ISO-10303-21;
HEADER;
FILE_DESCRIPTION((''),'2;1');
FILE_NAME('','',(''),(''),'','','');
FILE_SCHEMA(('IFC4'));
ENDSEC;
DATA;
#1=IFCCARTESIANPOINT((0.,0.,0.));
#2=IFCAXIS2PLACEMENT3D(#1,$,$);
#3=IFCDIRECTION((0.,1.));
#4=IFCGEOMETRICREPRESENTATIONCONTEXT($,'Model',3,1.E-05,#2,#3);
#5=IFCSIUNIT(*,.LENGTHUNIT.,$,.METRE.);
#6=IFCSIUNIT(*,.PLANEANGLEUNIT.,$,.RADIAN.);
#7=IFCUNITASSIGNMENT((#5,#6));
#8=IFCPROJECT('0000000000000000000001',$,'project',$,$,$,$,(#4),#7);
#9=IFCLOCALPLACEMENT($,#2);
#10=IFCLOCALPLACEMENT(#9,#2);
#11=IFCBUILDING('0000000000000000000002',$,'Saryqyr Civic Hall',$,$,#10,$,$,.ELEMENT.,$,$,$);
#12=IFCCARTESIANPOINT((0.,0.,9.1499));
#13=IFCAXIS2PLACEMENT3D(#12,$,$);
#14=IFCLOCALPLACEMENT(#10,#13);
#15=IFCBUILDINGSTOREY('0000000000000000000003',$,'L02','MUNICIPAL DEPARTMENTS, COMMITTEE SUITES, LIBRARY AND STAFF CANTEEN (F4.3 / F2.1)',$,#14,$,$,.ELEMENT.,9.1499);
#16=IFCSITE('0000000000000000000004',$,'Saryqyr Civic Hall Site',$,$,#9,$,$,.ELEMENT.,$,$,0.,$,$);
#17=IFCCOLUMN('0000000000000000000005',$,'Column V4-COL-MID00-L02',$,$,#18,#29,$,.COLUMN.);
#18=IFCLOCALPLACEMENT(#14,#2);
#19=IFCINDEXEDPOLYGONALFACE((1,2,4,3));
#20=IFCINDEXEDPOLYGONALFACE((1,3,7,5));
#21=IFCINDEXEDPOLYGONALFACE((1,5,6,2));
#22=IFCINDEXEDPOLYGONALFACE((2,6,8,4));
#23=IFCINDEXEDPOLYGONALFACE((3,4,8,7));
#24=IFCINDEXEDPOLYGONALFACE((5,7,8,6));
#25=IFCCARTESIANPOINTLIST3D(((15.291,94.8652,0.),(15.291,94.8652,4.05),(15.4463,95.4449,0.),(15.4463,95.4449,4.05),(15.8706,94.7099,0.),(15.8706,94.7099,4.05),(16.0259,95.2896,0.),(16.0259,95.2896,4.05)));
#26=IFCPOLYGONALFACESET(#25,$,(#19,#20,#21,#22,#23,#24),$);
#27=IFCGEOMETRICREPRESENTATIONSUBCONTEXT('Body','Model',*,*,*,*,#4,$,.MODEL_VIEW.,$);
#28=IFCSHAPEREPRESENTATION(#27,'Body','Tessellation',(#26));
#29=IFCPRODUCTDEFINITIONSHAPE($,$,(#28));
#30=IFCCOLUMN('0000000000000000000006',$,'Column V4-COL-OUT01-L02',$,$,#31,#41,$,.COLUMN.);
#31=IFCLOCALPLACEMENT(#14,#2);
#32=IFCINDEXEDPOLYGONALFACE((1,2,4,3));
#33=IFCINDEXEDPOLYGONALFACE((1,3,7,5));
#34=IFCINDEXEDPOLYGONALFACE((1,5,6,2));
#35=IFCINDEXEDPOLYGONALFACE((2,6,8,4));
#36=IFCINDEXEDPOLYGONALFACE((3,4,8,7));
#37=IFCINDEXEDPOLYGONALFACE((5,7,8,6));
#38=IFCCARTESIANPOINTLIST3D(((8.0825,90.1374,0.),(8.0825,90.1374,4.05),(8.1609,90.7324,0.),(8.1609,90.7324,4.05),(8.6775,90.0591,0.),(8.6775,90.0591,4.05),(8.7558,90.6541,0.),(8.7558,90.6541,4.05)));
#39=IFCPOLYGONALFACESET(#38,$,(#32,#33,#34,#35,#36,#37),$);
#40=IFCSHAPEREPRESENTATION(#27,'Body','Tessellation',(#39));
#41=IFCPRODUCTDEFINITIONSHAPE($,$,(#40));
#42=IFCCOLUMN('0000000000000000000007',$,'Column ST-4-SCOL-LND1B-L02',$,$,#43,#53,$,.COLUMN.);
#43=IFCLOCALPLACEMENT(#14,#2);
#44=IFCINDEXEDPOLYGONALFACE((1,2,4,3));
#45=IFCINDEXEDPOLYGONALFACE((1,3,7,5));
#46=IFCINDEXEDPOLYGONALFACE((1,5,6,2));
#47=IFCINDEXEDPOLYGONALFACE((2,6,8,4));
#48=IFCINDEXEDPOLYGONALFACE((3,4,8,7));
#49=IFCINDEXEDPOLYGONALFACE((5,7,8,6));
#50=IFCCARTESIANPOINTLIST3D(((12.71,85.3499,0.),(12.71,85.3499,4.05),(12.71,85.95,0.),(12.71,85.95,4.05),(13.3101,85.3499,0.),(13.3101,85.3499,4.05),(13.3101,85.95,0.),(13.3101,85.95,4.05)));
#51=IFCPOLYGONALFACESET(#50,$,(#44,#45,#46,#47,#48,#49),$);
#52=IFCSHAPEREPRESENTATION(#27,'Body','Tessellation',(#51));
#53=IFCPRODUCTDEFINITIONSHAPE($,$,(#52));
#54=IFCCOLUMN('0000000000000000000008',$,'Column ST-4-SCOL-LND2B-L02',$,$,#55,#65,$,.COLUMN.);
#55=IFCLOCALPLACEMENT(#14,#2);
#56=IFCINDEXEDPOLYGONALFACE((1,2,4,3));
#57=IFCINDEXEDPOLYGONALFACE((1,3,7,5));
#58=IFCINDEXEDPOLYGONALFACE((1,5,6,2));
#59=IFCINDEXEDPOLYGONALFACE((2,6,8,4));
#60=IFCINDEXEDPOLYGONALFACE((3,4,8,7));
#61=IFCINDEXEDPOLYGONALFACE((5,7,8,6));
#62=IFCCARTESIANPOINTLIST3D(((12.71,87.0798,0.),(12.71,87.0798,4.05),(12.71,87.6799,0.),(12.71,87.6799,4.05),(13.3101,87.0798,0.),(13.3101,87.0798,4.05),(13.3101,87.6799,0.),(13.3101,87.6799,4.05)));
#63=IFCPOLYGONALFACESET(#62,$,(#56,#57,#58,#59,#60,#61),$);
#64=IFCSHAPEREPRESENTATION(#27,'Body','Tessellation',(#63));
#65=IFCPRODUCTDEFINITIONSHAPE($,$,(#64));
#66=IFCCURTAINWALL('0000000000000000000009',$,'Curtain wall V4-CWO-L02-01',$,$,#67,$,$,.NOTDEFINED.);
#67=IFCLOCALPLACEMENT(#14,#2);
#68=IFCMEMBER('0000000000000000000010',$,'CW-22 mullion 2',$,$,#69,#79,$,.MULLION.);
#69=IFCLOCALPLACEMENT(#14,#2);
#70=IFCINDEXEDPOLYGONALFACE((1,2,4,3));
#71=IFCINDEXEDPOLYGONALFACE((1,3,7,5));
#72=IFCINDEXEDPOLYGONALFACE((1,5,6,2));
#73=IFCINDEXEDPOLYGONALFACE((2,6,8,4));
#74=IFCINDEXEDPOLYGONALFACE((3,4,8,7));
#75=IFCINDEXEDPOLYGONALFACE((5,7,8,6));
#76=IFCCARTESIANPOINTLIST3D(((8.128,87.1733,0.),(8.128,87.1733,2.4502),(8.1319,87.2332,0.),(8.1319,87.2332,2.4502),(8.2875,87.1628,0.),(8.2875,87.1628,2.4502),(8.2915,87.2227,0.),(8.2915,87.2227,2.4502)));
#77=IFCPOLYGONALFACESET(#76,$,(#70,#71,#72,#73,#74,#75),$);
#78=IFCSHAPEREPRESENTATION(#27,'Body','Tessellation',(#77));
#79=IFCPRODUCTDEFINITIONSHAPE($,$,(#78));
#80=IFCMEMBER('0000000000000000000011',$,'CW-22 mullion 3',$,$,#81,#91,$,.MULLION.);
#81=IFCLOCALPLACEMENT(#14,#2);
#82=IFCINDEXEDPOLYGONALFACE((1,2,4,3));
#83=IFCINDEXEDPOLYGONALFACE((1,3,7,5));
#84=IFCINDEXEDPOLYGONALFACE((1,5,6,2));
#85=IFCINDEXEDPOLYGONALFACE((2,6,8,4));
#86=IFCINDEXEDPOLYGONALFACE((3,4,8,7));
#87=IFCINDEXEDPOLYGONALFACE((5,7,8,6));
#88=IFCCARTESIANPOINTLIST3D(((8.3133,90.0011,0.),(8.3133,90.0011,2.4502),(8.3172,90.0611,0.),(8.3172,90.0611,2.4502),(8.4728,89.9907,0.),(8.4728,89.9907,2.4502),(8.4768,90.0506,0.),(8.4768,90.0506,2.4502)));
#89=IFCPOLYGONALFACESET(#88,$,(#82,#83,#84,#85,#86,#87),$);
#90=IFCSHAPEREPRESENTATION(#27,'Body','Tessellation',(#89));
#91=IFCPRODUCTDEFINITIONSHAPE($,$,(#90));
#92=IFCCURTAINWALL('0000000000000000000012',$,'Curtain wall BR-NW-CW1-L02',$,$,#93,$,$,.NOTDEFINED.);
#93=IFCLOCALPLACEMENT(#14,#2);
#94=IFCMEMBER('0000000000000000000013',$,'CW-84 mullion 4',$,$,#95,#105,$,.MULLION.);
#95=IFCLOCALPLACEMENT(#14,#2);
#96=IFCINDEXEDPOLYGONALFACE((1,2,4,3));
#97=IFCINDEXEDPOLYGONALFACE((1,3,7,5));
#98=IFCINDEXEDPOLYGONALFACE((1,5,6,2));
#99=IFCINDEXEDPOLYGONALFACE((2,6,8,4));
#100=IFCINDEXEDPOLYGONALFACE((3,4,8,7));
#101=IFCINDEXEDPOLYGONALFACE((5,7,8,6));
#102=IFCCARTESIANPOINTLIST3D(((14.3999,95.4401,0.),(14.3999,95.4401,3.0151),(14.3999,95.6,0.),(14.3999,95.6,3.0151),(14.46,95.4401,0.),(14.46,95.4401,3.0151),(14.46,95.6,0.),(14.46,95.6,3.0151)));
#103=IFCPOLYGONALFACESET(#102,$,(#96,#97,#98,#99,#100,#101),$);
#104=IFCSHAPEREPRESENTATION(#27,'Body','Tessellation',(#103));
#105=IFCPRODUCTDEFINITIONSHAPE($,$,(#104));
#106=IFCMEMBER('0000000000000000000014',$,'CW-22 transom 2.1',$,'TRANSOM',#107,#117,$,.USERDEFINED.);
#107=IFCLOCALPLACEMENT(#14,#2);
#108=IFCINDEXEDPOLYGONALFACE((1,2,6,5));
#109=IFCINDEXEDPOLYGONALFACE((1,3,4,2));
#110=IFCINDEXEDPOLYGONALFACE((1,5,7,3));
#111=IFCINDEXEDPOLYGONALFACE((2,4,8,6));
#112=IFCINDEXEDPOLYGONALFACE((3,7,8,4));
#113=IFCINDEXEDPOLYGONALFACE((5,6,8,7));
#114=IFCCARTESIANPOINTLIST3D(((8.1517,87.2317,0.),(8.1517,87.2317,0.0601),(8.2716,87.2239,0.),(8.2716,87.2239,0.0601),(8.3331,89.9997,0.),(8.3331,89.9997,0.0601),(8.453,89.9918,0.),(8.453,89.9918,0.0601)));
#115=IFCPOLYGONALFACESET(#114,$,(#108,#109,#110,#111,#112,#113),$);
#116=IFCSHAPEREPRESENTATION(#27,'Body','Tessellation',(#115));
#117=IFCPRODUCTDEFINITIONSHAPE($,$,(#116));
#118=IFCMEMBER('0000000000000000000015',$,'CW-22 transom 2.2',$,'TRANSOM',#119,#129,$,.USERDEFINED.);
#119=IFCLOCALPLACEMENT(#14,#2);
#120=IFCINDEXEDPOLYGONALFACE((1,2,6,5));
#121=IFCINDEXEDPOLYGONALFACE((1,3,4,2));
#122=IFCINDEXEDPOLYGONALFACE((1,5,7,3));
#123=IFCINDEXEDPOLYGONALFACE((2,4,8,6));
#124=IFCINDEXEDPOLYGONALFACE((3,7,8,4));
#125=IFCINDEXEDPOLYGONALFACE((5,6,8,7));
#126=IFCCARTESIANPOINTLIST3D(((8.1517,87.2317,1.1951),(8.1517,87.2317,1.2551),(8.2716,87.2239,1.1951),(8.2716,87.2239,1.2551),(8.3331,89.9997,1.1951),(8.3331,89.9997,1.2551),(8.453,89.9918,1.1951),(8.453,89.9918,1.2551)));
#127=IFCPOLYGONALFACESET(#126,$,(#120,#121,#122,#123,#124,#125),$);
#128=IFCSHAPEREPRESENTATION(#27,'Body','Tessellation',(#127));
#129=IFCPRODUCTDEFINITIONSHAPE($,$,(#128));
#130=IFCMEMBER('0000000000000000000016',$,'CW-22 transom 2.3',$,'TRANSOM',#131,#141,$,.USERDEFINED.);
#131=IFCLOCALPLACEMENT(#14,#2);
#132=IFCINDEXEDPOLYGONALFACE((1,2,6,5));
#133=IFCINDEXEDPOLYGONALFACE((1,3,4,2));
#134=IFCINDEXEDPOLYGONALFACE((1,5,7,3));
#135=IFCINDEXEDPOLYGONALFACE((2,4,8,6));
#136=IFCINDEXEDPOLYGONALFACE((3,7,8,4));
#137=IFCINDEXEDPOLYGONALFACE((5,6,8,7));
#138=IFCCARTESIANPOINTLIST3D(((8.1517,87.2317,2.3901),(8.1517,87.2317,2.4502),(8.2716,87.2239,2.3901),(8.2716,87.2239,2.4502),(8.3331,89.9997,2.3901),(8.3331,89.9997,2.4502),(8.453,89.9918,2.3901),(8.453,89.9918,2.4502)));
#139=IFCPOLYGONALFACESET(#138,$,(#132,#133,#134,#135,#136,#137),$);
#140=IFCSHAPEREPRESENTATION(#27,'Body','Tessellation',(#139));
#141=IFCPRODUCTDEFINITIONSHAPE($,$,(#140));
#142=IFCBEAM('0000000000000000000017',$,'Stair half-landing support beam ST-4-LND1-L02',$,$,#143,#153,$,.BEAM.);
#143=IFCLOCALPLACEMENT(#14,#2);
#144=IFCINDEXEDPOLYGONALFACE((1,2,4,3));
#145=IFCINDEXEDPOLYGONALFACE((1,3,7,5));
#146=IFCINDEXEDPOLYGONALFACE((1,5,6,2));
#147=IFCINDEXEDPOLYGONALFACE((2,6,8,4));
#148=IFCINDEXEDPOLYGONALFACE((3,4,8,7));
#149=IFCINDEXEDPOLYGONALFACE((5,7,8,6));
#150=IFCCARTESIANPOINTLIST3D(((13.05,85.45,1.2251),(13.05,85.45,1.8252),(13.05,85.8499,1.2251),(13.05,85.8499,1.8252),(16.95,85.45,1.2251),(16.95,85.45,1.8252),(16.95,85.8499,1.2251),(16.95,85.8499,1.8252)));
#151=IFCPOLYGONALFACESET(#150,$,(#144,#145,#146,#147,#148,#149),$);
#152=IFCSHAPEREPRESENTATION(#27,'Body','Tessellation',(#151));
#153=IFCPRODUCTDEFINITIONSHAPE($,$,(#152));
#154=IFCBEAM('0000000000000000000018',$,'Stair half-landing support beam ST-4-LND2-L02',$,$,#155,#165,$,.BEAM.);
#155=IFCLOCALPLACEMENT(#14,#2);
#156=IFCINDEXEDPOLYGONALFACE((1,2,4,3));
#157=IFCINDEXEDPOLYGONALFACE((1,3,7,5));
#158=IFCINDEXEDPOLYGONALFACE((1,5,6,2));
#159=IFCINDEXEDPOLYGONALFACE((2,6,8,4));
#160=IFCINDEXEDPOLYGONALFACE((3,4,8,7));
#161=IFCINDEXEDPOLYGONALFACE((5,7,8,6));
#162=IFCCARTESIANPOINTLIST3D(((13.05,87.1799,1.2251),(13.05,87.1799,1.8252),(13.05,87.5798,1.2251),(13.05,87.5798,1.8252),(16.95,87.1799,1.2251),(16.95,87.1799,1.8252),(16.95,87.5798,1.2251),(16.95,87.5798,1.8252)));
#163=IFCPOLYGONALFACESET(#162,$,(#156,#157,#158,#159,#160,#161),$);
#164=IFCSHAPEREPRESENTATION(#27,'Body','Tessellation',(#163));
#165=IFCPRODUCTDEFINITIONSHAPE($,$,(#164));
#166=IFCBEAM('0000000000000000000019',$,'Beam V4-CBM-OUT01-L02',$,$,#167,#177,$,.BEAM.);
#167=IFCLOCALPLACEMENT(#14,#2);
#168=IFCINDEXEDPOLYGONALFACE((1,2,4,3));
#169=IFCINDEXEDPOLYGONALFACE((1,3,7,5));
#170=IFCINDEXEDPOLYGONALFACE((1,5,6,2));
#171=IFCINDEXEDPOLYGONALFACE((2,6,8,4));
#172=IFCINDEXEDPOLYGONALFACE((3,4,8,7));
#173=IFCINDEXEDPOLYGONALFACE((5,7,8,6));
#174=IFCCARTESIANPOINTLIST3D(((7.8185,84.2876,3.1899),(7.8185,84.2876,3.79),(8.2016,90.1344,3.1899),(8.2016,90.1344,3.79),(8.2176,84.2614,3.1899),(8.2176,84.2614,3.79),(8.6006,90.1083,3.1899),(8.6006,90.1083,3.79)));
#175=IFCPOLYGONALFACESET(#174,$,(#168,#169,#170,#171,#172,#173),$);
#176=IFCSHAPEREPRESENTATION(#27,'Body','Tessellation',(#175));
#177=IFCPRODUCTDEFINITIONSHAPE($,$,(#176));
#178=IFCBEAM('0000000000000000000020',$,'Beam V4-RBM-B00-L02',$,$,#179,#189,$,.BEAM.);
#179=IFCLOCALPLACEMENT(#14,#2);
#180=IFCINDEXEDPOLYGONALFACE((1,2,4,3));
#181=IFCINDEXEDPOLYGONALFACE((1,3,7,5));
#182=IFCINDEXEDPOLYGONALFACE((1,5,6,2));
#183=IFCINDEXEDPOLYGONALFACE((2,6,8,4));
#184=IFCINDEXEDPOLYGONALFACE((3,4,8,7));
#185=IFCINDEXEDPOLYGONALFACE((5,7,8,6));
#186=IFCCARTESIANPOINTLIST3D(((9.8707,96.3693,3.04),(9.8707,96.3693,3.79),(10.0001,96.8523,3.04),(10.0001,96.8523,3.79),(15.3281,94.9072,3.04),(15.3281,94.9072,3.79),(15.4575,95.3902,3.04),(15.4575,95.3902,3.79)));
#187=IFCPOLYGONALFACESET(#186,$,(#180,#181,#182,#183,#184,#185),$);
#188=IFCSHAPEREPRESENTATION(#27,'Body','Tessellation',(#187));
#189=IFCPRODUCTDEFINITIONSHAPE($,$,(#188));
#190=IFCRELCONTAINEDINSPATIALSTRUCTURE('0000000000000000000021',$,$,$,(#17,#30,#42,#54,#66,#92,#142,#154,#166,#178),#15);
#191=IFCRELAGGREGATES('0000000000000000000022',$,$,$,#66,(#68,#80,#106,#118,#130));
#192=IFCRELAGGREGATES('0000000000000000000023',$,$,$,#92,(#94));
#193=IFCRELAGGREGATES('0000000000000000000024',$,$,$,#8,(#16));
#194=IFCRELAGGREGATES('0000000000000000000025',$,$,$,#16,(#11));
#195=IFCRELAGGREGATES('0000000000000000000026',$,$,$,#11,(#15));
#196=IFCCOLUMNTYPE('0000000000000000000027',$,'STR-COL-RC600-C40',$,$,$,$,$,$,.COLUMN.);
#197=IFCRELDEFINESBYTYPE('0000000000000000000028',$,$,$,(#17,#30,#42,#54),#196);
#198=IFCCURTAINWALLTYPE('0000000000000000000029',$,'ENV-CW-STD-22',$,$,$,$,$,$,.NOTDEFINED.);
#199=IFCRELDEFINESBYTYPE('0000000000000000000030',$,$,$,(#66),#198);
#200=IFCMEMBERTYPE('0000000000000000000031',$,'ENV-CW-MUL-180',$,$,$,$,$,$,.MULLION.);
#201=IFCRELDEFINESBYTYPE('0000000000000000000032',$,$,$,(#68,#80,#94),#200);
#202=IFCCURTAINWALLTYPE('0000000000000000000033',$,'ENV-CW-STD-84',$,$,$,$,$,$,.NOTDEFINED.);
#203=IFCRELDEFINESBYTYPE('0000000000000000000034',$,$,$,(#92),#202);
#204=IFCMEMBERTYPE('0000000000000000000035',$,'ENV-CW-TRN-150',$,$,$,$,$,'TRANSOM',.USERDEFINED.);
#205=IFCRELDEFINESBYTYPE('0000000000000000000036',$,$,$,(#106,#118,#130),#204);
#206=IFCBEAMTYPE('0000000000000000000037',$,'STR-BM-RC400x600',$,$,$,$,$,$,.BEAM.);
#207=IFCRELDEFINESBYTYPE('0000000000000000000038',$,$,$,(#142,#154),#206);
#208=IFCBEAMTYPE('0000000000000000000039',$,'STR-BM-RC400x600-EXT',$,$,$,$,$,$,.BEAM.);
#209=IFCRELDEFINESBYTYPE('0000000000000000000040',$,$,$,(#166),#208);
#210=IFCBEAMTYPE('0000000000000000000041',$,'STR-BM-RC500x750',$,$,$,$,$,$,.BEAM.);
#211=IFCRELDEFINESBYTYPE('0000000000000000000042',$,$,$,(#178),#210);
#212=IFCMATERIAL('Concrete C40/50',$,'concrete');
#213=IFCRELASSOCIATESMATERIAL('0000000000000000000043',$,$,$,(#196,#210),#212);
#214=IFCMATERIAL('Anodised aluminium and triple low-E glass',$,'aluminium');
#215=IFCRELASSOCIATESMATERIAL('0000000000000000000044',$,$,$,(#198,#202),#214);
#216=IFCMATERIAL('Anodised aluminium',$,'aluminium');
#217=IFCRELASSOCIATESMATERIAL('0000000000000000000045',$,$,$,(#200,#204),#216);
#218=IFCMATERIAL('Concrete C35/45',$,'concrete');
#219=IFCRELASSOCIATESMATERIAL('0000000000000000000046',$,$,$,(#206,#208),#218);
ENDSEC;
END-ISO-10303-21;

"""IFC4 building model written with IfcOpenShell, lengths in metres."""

from ifc_helpers import new_model, si_unit, direction, frame, origin, origin_2d, place, context, subcontext, project, spatial, rectangle, extrude, material, material_profile, profile_set, type_object, element, aggregate, save


model = new_model("IFC4")

# Units and contexts
model_context = context("Model", 3, precision=1e-05, world=origin(), true_north=direction((0.0, 1.0)))
body_context = subcontext(model_context, "Body", "Model", "MODEL_VIEW")
ifc_project = project(units=[si_unit("LENGTHUNIT", "METRE"), si_unit("PLANEANGLEUNIT", "RADIAN")], contexts=[model_context])

# Site, building, storey
site_placement = place(None, origin())
site = spatial("IfcSite", under=ifc_project, at=site_placement, Name="Saryqyr Civic Hall Site", CompositionType="ELEMENT", RefElevation=0.0)
building_placement = place(site_placement, origin())
building = spatial("IfcBuilding", under=site, at=building_placement, Name="Saryqyr Civic Hall", CompositionType="ELEMENT")
storey_placement = place(building_placement, frame((0.0, 0.0, 9.1499)))
storey = spatial("IfcBuildingStorey", under=building, at=storey_placement, Name="L02", Description="MUNICIPAL DEPARTMENTS, COMMITTEE SUITES, LIBRARY AND STAFF CANTEEN (F4.3 / F2.1)", CompositionType="ELEMENT", Elevation=9.1499)

# Columns
ifc_material_1 = material(Name="Concrete C40/50", Category="concrete")
ifc_material_profile_1 = material_profile(ifc_material_1, rectangle(XDim=0.6001, YDim=0.6001, at=origin_2d()), Name="RC 600x600")
ifc_profile_set_1 = profile_set([ifc_material_profile_1], Name="Concrete C40/50")
column_type = type_object("IfcColumnType", Name="STR-COL-RC600-C40", PredefinedType="COLUMN", material=ifc_profile_set_1)
for number, where, z_axis, x_axis, name in (
    (1, (15.6584, 95.0774, 0.0), (0.0, 0.0, 1.0), (-0.965926, 0.258819, 0.0), "Column V4-COL-MID00-L02"),
    (2, (8.4192, 90.3958, 0.0), (0.0, 0.0, 1.0), (-0.991445, 0.130526, 0.0), "Column V4-COL-OUT01-L02"),
    (3, (13.01, 85.6499, 0.0), (0.0, 0.0, 1.0), (1.0, 0.0, 0.0), "Column ST-4-SCOL-LND1B-L02"),
    (4, (13.01, 87.3799, 0.0), (0.0, 0.0, 1.0), (1.0, 0.0, 0.0), "Column ST-4-SCOL-LND2B-L02"),
):
    element("IfcColumn", number, at=place(storey_placement, frame(where, z_axis=z_axis, x_axis=x_axis)), inside=storey, type_object=column_type, Name=name, PredefinedType="COLUMN", context=body_context, shape_type="SweptSolid", body=[
        extrude(rectangle(XDim=0.6001, YDim=0.6001, at=origin_2d()), origin(), (0.0, 0.0, 1.0), 4.05),
    ])

# Curtain wall, members
ifc_material_2 = material(Name="Anodised aluminium and triple low-E glass", Category="aluminium")
curtain_wall_type_1 = type_object("IfcCurtainWallType", Name="ENV-CW-STD-22", PredefinedType="NOTDEFINED", material=ifc_material_2)
curtain_wall_1_placement = place(storey_placement, origin())
curtain_wall_1 = element("IfcCurtainWall", 5, at=curtain_wall_1_placement, inside=storey, type_object=curtain_wall_type_1, Name="Curtain wall V4-CWO-L02-01", PredefinedType="NOTDEFINED")
ifc_material_3 = material(Name="Anodised aluminium", Category="aluminium")
ifc_material_profile_2 = material_profile(ifc_material_3, rectangle(XDim=0.0601, YDim=0.1599, at=origin_2d()), Name="ALU MULLION 60x160")
ifc_profile_set_2 = profile_set([ifc_material_profile_2], Name="Anodised aluminium")
member_type_1 = type_object("IfcMemberType", Name="ENV-CW-MUL-180", PredefinedType="MULLION", material=ifc_profile_set_2)
member_1_placement = place(storey_placement, frame((8.2097, 87.198, 0.0), z_axis=(0.0, 0.0, 1.0), x_axis=(0.065397, 0.997859, 0.0)))
member_1 = element("IfcMember", 6, at=member_1_placement, type_object=member_type_1, Name="CW-22 mullion 2", PredefinedType="MULLION", context=body_context, shape_type="SweptSolid", body=[
    extrude(rectangle(XDim=0.0601, YDim=0.1599, at=origin_2d()), origin(), (0.0, 0.0, 1.0), 2.4502),
])
member_2_placement = place(storey_placement, frame((8.395, 90.0259, 0.0), z_axis=(0.0, 0.0, 1.0), x_axis=(0.065397, 0.997859, 0.0)))
member_2 = element("IfcMember", 7, at=member_2_placement, type_object=member_type_1, Name="CW-22 mullion 3", PredefinedType="MULLION", context=body_context, shape_type="SweptSolid", body=[
    extrude(rectangle(XDim=0.0601, YDim=0.1599, at=origin_2d()), origin(), (0.0, 0.0, 1.0), 2.4502),
])

# Curtain wall, member
curtain_wall_type_2 = type_object("IfcCurtainWallType", Name="ENV-CW-STD-84", PredefinedType="NOTDEFINED", material=ifc_material_2)
curtain_wall_2_placement = place(storey_placement, origin())
curtain_wall_2 = element("IfcCurtainWall", 8, at=curtain_wall_2_placement, inside=storey, type_object=curtain_wall_type_2, Name="Curtain wall BR-NW-CW1-L02", PredefinedType="NOTDEFINED")
member_3_placement = place(storey_placement, frame((14.4299, 95.52, 0.0), z_axis=(0.0, 0.0, 1.0), x_axis=(-1.0, 0.0, 0.0)))
member_3 = element("IfcMember", 9, at=member_3_placement, type_object=member_type_1, Name="CW-84 mullion 4", PredefinedType="MULLION", context=body_context, shape_type="SweptSolid", body=[
    extrude(rectangle(XDim=0.0601, YDim=0.1599, at=origin_2d()), origin(), (0.0, 0.0, 1.0), 3.0151),
])

# Members
ifc_material_profile_3 = material_profile(ifc_material_3, rectangle(XDim=0.1201, YDim=0.0601, at=origin_2d()), Name="ALU TRANSOM 120x60")
ifc_profile_set_3 = profile_set([ifc_material_profile_3], Name="Anodised aluminium")
member_type_2 = type_object("IfcMemberType", Name="ENV-CW-TRN-150", ElementType="TRANSOM", PredefinedType="USERDEFINED", material=ifc_profile_set_3)
member_4_placement = place(storey_placement, frame((8.2117, 87.2278, 0.03), z_axis=(0.065392, 0.99786, 0.0), x_axis=(-0.99786, 0.065392, 0.0)))
member_4 = element("IfcMember", 10, at=member_4_placement, type_object=member_type_2, Name="CW-22 transom 2.1", ObjectType="TRANSOM", PredefinedType="USERDEFINED", context=body_context, shape_type="SweptSolid", body=[
    extrude(rectangle(XDim=0.1201, YDim=0.0601, at=origin_2d()), origin(), (0.0, 0.0, 1.0), 2.7739),
])
member_5_placement = place(storey_placement, frame((8.2117, 87.2278, 1.2251), z_axis=(0.065392, 0.99786, 0.0), x_axis=(-0.99786, 0.065392, 0.0)))
member_5 = element("IfcMember", 11, at=member_5_placement, type_object=member_type_2, Name="CW-22 transom 2.2", ObjectType="TRANSOM", PredefinedType="USERDEFINED", context=body_context, shape_type="SweptSolid", body=[
    extrude(rectangle(XDim=0.1201, YDim=0.0601, at=origin_2d()), origin(), (0.0, 0.0, 1.0), 2.7739),
])
member_6_placement = place(storey_placement, frame((8.2117, 87.2278, 2.4202), z_axis=(0.065392, 0.99786, 0.0), x_axis=(-0.99786, 0.065392, 0.0)))
member_6 = element("IfcMember", 12, at=member_6_placement, type_object=member_type_2, Name="CW-22 transom 2.3", ObjectType="TRANSOM", PredefinedType="USERDEFINED", context=body_context, shape_type="SweptSolid", body=[
    extrude(rectangle(XDim=0.1201, YDim=0.0601, at=origin_2d()), origin(), (0.0, 0.0, 1.0), 2.7739),
])

# Beams
ifc_material_4 = material(Name="Concrete C35/45", Category="concrete")
ifc_material_profile_4 = material_profile(ifc_material_4, rectangle(XDim=0.3999, YDim=0.6001, at=origin_2d()), Name="RC 400x600")
ifc_profile_set_4 = profile_set([ifc_material_profile_4], Name="Concrete C35/45")
beam_type_1 = type_object("IfcBeamType", Name="STR-BM-RC400x600", PredefinedType="BEAM", material=ifc_profile_set_4)
for number, where, z_axis, x_axis, name in (
    (13, (16.95, 85.6499, 1.5251), (-1.0, 0.0, 0.0), (0.0, -1.0, 0.0), "Stair half-landing support beam ST-4-LND1-L02"),
    (14, (16.95, 87.3799, 1.5251), (-1.0, 0.0, 0.0), (0.0, -1.0, 0.0), "Stair half-landing support beam ST-4-LND2-L02"),
):
    element("IfcBeam", number, at=place(storey_placement, frame(where, z_axis=z_axis, x_axis=x_axis)), inside=storey, type_object=beam_type_1, Name=name, PredefinedType="BEAM", context=body_context, shape_type="SweptSolid", body=[
        extrude(rectangle(XDim=0.3999, YDim=0.6001, at=origin_2d()), origin(), (0.0, 0.0, 1.0), 3.8999),
    ])
ifc_material_profile_5 = material_profile(ifc_material_4, rectangle(XDim=0.3999, YDim=0.6001, at=origin_2d()), Name="RC 400x600")
ifc_profile_set_5 = profile_set([ifc_material_profile_5], Name="Concrete C35/45")
beam_type_2 = type_object("IfcBeamType", Name="STR-BM-RC400x600-EXT", PredefinedType="BEAM", material=ifc_profile_set_5)
beam_1_placement = place(storey_placement, frame((8.4011, 90.1213, 3.49), z_axis=(-0.065374, -0.997861, 0.0), x_axis=(0.997861, -0.065374, 0.0)))
element("IfcBeam", 15, at=beam_1_placement, inside=storey, type_object=beam_type_2, Name="Beam V4-CBM-OUT01-L02", PredefinedType="BEAM", context=body_context, shape_type="SweptSolid", body=[
    extrude(rectangle(XDim=0.3999, YDim=0.6001, at=origin_2d()), origin(), (0.0, 0.0, 1.0), 5.8594),
])
ifc_material_profile_6 = material_profile(ifc_material_1, rectangle(XDim=0.5, YDim=0.75, at=origin_2d()), Name="RC 500x750")
ifc_profile_set_6 = profile_set([ifc_material_profile_6], Name="Concrete C40/50")
beam_type_3 = type_object("IfcBeamType", Name="STR-BM-RC500x750", PredefinedType="BEAM", material=ifc_profile_set_6)
beam_2_placement = place(storey_placement, frame((15.3928, 95.1487, 3.415), z_axis=(-0.965934, 0.258789, 0.0), x_axis=(-0.258789, -0.965934, 0.0)))
element("IfcBeam", 16, at=beam_2_placement, inside=storey, type_object=beam_type_3, Name="Beam V4-RBM-B00-L02", PredefinedType="BEAM", context=body_context, shape_type="SweptSolid", body=[
    extrude(rectangle(XDim=0.5, YDim=0.75, at=origin_2d()), origin(), (0.0, 0.0, 1.0), 5.6499),
])

aggregate(curtain_wall_1, [member_1, member_2, member_4, member_5, member_6])
aggregate(curtain_wall_2, [member_3])

save(model, "model.ifc")
